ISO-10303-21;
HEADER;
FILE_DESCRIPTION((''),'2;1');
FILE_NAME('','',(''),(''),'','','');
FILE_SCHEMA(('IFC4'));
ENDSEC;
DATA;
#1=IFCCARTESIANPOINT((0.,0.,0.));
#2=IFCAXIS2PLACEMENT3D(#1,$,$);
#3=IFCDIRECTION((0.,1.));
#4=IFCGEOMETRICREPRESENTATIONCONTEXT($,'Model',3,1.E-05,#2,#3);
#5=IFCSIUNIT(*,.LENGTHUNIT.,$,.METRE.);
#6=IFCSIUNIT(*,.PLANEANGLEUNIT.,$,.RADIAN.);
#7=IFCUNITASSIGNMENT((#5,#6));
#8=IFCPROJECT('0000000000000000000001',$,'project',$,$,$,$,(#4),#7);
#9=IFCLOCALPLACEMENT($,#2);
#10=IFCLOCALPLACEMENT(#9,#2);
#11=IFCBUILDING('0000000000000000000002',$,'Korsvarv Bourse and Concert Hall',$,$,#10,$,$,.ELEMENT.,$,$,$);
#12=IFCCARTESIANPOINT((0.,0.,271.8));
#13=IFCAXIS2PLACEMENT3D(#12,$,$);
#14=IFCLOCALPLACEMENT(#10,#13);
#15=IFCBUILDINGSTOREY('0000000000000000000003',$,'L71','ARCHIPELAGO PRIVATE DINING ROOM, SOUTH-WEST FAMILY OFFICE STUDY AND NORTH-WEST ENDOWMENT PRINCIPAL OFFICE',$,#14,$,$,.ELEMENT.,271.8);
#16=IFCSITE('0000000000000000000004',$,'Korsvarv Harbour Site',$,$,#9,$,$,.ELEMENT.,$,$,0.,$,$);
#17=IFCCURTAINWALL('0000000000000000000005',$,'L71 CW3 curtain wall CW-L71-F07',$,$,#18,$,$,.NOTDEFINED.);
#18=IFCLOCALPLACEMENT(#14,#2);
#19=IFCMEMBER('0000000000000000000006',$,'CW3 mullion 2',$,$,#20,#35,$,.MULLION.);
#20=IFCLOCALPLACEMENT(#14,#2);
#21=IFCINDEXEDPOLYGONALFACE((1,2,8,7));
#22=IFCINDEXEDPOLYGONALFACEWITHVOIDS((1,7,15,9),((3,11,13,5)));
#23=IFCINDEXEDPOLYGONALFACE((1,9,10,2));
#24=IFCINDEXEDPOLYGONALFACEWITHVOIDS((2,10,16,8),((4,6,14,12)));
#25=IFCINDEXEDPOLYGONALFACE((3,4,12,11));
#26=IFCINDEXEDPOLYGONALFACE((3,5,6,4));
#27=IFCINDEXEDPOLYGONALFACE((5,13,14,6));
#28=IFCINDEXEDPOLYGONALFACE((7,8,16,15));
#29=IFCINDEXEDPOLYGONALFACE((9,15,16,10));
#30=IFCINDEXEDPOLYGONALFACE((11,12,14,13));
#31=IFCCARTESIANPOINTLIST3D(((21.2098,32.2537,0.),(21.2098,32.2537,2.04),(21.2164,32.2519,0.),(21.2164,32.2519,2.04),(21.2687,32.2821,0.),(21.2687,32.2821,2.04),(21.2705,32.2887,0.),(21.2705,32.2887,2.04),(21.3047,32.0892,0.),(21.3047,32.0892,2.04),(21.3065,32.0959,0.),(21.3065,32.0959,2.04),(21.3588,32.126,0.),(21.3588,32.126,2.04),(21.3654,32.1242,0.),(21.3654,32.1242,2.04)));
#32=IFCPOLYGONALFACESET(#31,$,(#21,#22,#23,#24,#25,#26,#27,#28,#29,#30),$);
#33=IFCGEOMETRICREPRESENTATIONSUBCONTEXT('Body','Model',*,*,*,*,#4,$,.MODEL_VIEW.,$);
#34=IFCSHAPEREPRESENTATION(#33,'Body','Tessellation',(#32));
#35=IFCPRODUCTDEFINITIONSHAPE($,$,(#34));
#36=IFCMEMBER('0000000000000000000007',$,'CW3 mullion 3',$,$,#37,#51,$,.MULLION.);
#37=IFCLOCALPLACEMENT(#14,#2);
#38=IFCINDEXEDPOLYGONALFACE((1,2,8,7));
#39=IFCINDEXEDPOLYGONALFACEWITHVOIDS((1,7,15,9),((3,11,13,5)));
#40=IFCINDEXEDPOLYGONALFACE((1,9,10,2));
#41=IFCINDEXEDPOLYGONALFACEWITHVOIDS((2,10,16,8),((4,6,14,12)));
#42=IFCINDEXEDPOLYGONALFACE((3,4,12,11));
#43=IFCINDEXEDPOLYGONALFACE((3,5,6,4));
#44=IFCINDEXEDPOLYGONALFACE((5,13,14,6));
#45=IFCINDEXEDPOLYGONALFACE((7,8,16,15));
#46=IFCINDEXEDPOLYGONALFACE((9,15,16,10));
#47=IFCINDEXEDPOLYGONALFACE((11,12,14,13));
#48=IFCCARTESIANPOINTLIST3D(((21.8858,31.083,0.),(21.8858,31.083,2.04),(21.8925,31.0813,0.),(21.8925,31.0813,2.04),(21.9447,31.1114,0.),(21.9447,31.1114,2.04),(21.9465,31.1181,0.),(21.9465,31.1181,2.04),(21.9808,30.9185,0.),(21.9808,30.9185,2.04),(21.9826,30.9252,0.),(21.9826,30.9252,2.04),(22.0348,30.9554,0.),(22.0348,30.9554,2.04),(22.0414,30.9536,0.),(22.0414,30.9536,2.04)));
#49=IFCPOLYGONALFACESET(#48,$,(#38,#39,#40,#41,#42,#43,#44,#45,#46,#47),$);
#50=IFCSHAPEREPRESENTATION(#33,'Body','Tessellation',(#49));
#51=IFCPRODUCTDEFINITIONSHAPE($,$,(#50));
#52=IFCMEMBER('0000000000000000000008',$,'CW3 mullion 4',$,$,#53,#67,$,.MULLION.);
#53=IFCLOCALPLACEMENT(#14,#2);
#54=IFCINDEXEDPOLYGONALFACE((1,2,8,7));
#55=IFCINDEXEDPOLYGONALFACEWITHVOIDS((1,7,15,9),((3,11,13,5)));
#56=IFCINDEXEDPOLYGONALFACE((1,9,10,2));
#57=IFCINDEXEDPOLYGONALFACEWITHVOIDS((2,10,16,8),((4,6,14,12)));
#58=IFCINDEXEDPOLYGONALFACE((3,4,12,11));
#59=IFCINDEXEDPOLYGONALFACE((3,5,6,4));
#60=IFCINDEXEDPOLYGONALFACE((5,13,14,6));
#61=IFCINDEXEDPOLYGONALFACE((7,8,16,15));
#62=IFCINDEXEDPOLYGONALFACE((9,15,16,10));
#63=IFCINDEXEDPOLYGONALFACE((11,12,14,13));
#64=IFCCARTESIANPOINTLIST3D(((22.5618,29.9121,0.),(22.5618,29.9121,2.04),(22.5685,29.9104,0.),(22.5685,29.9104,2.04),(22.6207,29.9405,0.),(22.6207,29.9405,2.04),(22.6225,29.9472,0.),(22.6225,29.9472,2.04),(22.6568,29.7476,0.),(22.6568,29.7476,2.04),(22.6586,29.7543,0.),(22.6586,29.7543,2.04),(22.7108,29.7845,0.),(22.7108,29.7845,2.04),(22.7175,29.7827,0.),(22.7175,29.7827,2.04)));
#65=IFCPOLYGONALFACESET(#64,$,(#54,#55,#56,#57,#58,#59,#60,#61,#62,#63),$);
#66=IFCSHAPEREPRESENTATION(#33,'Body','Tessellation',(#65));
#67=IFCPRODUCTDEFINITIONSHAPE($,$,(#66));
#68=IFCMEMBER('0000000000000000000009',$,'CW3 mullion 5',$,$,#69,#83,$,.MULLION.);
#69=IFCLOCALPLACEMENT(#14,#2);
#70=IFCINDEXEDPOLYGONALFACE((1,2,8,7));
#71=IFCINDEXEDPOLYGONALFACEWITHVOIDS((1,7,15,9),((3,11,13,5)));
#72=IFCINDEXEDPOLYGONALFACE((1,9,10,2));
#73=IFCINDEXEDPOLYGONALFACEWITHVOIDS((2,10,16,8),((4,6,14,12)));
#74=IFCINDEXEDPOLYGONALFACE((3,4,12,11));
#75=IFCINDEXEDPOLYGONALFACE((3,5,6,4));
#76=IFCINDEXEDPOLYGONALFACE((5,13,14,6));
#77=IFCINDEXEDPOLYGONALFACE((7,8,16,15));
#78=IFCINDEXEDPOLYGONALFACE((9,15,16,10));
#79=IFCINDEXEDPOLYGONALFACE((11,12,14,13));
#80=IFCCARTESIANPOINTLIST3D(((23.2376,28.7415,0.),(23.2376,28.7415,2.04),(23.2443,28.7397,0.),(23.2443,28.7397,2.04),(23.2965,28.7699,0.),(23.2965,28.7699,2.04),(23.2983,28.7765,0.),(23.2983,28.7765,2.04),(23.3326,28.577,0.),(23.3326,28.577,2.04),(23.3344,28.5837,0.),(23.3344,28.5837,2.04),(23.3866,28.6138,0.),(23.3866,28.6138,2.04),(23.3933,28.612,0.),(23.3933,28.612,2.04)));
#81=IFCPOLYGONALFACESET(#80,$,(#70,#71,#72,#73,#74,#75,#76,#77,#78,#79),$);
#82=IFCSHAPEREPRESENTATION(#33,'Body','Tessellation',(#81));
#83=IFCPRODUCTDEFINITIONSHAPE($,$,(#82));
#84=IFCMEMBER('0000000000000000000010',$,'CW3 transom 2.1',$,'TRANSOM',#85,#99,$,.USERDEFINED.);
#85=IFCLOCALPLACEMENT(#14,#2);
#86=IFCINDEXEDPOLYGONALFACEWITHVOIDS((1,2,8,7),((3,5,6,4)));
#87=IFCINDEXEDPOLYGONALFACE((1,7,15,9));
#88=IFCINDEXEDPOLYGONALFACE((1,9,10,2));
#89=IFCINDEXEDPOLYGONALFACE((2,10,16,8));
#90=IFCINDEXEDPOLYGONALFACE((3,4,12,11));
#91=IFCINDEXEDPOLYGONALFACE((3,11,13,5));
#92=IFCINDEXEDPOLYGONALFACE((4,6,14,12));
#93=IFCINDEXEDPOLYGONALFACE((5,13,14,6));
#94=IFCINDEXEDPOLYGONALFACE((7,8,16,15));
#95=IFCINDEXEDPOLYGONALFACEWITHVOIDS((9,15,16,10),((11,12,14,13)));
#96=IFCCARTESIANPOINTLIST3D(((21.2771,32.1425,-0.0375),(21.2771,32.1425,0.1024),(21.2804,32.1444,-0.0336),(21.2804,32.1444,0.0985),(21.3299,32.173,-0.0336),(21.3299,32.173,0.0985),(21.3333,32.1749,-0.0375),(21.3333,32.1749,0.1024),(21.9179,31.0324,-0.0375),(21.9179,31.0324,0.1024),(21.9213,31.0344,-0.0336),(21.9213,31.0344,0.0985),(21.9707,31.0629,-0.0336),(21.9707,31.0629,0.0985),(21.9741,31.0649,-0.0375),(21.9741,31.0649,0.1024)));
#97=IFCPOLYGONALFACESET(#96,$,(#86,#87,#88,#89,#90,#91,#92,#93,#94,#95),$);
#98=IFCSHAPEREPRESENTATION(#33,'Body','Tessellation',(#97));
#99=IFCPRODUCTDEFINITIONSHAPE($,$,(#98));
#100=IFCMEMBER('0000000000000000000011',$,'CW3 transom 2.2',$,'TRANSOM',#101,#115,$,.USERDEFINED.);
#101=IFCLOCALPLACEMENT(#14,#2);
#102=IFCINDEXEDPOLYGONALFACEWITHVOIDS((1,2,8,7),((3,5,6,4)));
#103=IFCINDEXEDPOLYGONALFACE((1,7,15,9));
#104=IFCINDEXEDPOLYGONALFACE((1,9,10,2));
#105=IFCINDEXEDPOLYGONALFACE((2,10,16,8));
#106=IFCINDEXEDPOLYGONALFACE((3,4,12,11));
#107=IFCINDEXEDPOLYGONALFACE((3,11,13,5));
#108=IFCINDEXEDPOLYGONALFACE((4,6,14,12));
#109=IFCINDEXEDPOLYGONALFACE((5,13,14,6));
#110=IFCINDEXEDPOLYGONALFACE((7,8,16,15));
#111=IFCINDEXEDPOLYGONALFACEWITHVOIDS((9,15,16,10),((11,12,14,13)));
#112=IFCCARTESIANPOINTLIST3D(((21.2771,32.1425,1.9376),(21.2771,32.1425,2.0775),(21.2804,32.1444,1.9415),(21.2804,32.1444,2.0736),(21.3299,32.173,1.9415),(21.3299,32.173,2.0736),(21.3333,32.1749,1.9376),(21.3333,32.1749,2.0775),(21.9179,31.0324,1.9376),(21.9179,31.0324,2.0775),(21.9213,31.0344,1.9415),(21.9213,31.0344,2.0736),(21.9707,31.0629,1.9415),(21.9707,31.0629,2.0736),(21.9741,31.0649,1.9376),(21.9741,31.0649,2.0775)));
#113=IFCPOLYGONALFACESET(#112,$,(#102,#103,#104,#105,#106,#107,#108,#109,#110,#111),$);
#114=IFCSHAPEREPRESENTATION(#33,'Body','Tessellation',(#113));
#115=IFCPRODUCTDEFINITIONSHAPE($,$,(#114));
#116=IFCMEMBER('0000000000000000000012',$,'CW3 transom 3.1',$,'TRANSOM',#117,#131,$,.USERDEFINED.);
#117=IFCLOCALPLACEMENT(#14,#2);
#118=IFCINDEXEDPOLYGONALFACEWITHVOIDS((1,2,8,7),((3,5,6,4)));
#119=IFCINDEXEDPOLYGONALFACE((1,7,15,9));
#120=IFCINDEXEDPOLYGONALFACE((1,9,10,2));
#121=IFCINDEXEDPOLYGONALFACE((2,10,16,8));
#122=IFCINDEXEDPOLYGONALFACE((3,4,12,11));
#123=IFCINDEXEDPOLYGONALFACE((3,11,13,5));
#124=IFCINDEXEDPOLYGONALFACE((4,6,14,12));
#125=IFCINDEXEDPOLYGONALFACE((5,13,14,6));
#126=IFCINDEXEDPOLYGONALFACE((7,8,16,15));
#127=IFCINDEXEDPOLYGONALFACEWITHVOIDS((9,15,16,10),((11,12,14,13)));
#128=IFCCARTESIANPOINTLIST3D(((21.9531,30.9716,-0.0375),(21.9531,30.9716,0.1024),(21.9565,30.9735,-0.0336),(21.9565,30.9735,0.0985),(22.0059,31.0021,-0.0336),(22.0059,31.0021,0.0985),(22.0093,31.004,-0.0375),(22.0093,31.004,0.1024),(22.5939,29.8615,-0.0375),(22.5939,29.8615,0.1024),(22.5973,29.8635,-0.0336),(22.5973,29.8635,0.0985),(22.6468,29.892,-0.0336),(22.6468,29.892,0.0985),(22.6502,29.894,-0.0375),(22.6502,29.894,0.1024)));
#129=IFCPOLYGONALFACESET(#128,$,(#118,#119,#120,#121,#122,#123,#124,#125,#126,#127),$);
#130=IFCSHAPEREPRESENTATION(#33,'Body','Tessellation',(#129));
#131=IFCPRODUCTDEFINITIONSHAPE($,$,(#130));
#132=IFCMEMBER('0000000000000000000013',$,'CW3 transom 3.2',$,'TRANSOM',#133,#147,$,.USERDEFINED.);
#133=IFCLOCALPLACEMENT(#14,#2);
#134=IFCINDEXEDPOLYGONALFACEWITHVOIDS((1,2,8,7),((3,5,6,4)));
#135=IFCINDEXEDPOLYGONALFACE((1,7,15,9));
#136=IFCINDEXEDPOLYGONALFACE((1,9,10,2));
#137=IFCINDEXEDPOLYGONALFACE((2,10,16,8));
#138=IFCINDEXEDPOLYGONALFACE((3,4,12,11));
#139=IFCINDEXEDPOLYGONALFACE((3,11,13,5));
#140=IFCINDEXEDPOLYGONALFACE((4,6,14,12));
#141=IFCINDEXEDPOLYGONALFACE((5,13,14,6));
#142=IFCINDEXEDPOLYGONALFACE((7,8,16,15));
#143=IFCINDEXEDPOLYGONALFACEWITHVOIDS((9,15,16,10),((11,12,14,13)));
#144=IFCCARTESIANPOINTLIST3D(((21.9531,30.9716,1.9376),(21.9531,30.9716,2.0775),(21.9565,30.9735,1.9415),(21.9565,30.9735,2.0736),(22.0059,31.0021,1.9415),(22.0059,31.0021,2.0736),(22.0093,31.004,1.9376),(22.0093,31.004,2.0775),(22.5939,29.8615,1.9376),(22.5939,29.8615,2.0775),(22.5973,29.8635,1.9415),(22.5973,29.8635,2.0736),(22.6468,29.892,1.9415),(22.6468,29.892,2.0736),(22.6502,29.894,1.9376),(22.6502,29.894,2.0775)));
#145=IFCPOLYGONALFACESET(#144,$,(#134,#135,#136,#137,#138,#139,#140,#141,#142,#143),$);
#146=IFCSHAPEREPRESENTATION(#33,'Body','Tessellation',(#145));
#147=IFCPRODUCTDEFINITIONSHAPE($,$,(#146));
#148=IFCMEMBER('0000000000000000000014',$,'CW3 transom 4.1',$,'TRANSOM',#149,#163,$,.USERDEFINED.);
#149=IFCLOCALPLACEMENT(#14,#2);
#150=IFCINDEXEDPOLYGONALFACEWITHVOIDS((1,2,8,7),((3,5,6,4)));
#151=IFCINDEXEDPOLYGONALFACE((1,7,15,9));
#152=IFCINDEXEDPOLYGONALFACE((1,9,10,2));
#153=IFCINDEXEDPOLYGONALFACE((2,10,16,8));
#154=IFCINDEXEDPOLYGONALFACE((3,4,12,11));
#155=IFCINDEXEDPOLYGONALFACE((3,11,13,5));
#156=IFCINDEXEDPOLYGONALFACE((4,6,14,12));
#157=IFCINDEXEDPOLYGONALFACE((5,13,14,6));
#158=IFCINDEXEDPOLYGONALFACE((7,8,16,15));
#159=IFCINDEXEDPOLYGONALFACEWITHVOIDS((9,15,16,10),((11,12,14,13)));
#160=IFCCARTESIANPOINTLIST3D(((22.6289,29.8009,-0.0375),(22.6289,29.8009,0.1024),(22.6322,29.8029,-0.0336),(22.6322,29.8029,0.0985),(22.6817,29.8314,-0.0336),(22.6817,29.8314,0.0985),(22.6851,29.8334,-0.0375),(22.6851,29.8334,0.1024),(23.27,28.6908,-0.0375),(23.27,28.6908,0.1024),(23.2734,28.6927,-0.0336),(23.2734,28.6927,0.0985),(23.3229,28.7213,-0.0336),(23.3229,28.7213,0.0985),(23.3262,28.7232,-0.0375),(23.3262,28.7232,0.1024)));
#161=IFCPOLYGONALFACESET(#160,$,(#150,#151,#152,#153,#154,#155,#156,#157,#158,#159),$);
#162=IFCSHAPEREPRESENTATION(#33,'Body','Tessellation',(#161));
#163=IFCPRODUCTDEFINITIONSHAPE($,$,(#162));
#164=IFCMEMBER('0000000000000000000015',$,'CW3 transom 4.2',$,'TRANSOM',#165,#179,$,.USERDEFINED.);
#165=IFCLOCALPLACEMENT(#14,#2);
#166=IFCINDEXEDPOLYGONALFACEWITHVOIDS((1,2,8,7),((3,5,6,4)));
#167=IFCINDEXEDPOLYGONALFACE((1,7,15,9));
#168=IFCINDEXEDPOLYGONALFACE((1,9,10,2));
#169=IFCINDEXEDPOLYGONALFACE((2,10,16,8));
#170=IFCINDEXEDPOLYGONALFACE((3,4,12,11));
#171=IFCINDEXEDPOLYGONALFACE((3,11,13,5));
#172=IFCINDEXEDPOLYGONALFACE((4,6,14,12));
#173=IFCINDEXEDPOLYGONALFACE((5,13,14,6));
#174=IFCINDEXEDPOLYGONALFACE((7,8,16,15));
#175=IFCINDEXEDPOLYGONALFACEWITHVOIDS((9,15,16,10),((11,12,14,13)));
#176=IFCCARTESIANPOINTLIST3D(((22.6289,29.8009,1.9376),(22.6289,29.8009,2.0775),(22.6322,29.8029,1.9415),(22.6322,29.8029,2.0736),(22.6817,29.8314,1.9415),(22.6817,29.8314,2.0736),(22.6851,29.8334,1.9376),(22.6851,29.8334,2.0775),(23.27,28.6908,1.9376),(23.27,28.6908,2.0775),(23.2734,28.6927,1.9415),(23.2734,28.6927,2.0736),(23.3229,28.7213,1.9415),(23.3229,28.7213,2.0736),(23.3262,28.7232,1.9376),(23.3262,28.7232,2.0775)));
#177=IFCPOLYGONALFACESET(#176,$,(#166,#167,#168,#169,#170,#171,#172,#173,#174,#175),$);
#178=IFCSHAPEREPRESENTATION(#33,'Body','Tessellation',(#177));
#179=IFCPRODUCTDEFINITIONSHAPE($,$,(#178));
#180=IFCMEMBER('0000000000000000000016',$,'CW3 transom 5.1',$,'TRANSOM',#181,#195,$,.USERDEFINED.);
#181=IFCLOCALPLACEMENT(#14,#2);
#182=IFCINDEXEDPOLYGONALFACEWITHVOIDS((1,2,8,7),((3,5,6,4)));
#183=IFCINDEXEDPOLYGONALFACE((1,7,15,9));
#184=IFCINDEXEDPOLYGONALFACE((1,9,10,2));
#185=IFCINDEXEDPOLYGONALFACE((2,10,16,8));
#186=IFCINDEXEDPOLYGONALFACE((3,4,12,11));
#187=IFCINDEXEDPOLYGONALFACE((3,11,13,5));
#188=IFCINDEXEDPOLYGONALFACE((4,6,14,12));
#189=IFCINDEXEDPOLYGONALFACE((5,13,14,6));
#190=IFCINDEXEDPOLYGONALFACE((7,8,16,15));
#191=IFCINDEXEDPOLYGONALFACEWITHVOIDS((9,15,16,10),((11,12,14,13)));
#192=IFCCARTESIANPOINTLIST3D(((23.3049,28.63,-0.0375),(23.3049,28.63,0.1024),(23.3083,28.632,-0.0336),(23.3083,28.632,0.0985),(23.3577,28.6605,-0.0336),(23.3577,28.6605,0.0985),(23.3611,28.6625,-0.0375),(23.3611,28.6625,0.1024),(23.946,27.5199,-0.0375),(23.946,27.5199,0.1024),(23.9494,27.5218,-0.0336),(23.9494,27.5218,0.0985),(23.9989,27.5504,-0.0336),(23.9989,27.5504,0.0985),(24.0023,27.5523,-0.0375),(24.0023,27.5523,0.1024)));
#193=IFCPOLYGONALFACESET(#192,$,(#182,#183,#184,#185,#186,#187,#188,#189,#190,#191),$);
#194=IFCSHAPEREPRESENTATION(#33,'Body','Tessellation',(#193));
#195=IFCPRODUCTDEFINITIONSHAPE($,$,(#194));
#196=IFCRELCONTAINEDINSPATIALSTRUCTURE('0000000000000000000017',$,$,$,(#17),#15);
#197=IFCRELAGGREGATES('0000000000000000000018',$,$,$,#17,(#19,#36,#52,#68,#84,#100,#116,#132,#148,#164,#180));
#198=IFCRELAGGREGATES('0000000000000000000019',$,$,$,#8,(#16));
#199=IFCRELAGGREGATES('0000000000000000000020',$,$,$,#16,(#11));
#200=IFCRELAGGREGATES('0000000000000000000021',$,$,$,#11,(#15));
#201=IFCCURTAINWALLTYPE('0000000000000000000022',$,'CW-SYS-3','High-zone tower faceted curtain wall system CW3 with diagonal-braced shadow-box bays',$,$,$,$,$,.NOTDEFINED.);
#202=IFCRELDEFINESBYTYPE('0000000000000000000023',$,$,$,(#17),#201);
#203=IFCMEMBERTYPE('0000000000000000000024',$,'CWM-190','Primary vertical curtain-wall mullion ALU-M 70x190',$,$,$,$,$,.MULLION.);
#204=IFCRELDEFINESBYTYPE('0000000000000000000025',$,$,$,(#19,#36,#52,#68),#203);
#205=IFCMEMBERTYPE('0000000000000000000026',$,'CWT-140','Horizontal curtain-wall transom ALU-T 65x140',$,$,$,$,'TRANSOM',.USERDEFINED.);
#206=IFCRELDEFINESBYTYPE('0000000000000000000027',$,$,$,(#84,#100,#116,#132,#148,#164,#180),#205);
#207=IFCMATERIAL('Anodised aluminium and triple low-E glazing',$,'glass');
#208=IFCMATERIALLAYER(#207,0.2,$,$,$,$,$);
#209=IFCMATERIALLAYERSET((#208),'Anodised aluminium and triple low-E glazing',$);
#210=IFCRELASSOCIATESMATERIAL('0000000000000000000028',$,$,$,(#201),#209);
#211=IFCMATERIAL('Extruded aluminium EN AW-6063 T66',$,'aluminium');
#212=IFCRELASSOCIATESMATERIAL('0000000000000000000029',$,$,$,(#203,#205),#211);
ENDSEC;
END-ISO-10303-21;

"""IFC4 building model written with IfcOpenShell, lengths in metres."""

from ifc_helpers import new_model, si_unit, direction, frame, origin, origin_2d, place, context, subcontext, project, spatial, hollow_rectangle, extrude, source, transform, mapped, material, layer, layer_set, material_profile, profile_set, type_object, element, aggregate, save


model = new_model("IFC4")

# Units and contexts
model_context = context("Model", 3, precision=1e-05, world=origin(), true_north=direction((0.0, 1.0)))
body_context = subcontext(model_context, "Body", "Model", "MODEL_VIEW")
ifc_project = project(units=[si_unit("LENGTHUNIT", "METRE"), si_unit("PLANEANGLEUNIT", "RADIAN")], contexts=[model_context])

# Site, building, storey
site_placement = place(None, origin())
site = spatial("IfcSite", under=ifc_project, at=site_placement, Name="Korsvarv Harbour Site", CompositionType="ELEMENT", RefElevation=0.0)
building_placement = place(site_placement, origin())
building = spatial("IfcBuilding", under=site, at=building_placement, Name="Korsvarv Bourse and Concert Hall", CompositionType="ELEMENT")
storey_placement = place(building_placement, frame((0.0, 0.0, 271.8)))
storey = spatial("IfcBuildingStorey", under=building, at=storey_placement, Name="L71", Description="ARCHIPELAGO PRIVATE DINING ROOM, SOUTH-WEST FAMILY OFFICE STUDY AND NORTH-WEST ENDOWMENT PRINCIPAL OFFICE", CompositionType="ELEMENT", Elevation=271.8)

# Curtain wall, members
ifc_material_1 = material(Name="Anodised aluminium and triple low-E glazing", Category="glass")
ifc_layer_1 = layer(ifc_material_1, 0.2)
ifc_layer_set_1 = layer_set([ifc_layer_1], Name="Anodised aluminium and triple low-E glazing")
curtain_wall_type = type_object("IfcCurtainWallType", Name="CW-SYS-3", Description="High-zone tower faceted curtain wall system CW3 with diagonal-braced shadow-box bays", PredefinedType="NOTDEFINED", material=ifc_layer_set_1)
curtain_wall_placement = place(storey_placement, origin())
curtain_wall = element("IfcCurtainWall", 1, at=curtain_wall_placement, inside=storey, type_object=curtain_wall_type, Name="L71 CW3 curtain wall CW-L71-F07", PredefinedType="NOTDEFINED")
ifc_material_2 = material(Name="Extruded aluminium EN AW-6063 T66", Category="aluminium")
ifc_material_profile_1 = material_profile(ifc_material_2, hollow_rectangle(XDim=0.0701, YDim=0.1899, WallThickness=0.0049, at=origin_2d()), Name="ALU-M 70x190")
ifc_profile_set_1 = profile_set([ifc_material_profile_1], Name="Extruded aluminium EN AW-6063 T66")
member_type_1 = type_object("IfcMemberType", Name="CWM-190", Description="Primary vertical curtain-wall mullion ALU-M 70x190", PredefinedType="MULLION", material=ifc_profile_set_1)
shared_shape_1 = source(origin(), body_context, "Body", "SweptSolid", [
    extrude(hollow_rectangle(XDim=0.0701, YDim=0.1899, WallThickness=0.0049, at=origin_2d()), origin(), (0.0, 0.0, 1.0), 2.04),
])
member_1_placement = place(storey_placement, frame((21.2876, 32.189, 0.0), z_axis=(0.0, 0.0, 1.0), x_axis=(0.866023, 0.500004, 0.0)))
member_1 = element("IfcMember", 2, at=member_1_placement, type_object=member_type_1, Name="CW3 mullion 2", PredefinedType="MULLION", context=body_context, shape_type="MappedRepresentation", body=[
    mapped(shared_shape_1, transform((0.0, 0.0, 0.0), scale=1.0)),
])
member_2_placement = place(storey_placement, frame((21.9636, 31.0183, 0.0), z_axis=(0.0, 0.0, 1.0), x_axis=(0.866023, 0.500004, 0.0)))
member_2 = element("IfcMember", 3, at=member_2_placement, type_object=member_type_1, Name="CW3 mullion 3", PredefinedType="MULLION", context=body_context, shape_type="MappedRepresentation", body=[
    mapped(shared_shape_1, transform((0.0, 0.0, 0.0), scale=1.0)),
])
member_3_placement = place(storey_placement, frame((22.6396, 29.8474, 0.0), z_axis=(0.0, 0.0, 1.0), x_axis=(0.866023, 0.500004, 0.0)))
member_3 = element("IfcMember", 4, at=member_3_placement, type_object=member_type_1, Name="CW3 mullion 4", PredefinedType="MULLION", context=body_context, shape_type="MappedRepresentation", body=[
    mapped(shared_shape_1, transform((0.0, 0.0, 0.0), scale=1.0)),
])
member_4_placement = place(storey_placement, frame((23.3154, 28.6768, 0.0), z_axis=(0.0, 0.0, 1.0), x_axis=(0.866023, 0.500004, 0.0)))
member_4 = element("IfcMember", 5, at=member_4_placement, type_object=member_type_1, Name="CW3 mullion 5", PredefinedType="MULLION", context=body_context, shape_type="MappedRepresentation", body=[
    mapped(shared_shape_1, transform((0.0, 0.0, 0.0), scale=1.0)),
])
ifc_material_profile_2 = material_profile(ifc_material_2, hollow_rectangle(XDim=0.0649, YDim=0.1399, WallThickness=0.0039, at=origin_2d()), Name="ALU-T 65x140")
ifc_profile_set_2 = profile_set([ifc_material_profile_2], Name="Extruded aluminium EN AW-6063 T66")
member_type_2 = type_object("IfcMemberType", Name="CWT-140", Description="Horizontal curtain-wall transom ALU-T 65x140", ElementType="TRANSOM", PredefinedType="USERDEFINED", material=ifc_profile_set_2)
shared_shape_2 = source(origin(), body_context, "Body", "SweptSolid", [
    extrude(hollow_rectangle(XDim=0.0649, YDim=0.1399, WallThickness=0.0039, at=origin_2d()), origin(), (0.0, 0.0, 1.0), 1.2817),
])
member_5_placement = place(storey_placement, frame((21.3052, 32.1587, 0.0325), z_axis=(0.49997, -0.866043, 0.0), x_axis=(0.866043, 0.49997, 0.0)))
member_5 = element("IfcMember", 6, at=member_5_placement, type_object=member_type_2, Name="CW3 transom 2.1", ObjectType="TRANSOM", PredefinedType="USERDEFINED", context=body_context, shape_type="MappedRepresentation", body=[
    mapped(shared_shape_2, transform((0.0, 0.0, 0.0), scale=1.0)),
])
member_6_placement = place(storey_placement, frame((21.3052, 32.1587, 2.0076), z_axis=(0.49997, -0.866043, 0.0), x_axis=(0.866043, 0.49997, 0.0)))
member_6 = element("IfcMember", 7, at=member_6_placement, type_object=member_type_2, Name="CW3 transom 2.2", ObjectType="TRANSOM", PredefinedType="USERDEFINED", context=body_context, shape_type="MappedRepresentation", body=[
    mapped(shared_shape_2, transform((0.0, 0.0, 0.0), scale=1.0)),
])
member_7_placement = place(storey_placement, frame((21.9812, 30.9878, 0.0325), z_axis=(0.49997, -0.866043, 0.0), x_axis=(0.866043, 0.49997, 0.0)))
member_7 = element("IfcMember", 8, at=member_7_placement, type_object=member_type_2, Name="CW3 transom 3.1", ObjectType="TRANSOM", PredefinedType="USERDEFINED", context=body_context, shape_type="MappedRepresentation", body=[
    mapped(shared_shape_2, transform((0.0, 0.0, 0.0), scale=1.0)),
])
member_8_placement = place(storey_placement, frame((21.9812, 30.9878, 2.0076), z_axis=(0.49997, -0.866043, 0.0), x_axis=(0.866043, 0.49997, 0.0)))
member_8 = element("IfcMember", 9, at=member_8_placement, type_object=member_type_2, Name="CW3 transom 3.2", ObjectType="TRANSOM", PredefinedType="USERDEFINED", context=body_context, shape_type="MappedRepresentation", body=[
    mapped(shared_shape_2, transform((0.0, 0.0, 0.0), scale=1.0)),
])
shared_shape_3 = source(origin(), body_context, "Body", "SweptSolid", [
    extrude(hollow_rectangle(XDim=0.0649, YDim=0.1399, WallThickness=0.0039, at=origin_2d()), origin(), (0.0, 0.0, 1.0), 1.282),
])
member_9_placement = place(storey_placement, frame((22.657, 29.8171, 0.0325), z_axis=(0.500113, -0.86596, 0.0), x_axis=(0.86596, 0.500113, 0.0)))
member_9 = element("IfcMember", 10, at=member_9_placement, type_object=member_type_2, Name="CW3 transom 4.1", ObjectType="TRANSOM", PredefinedType="USERDEFINED", context=body_context, shape_type="MappedRepresentation", body=[
    mapped(shared_shape_3, transform((0.0, 0.0, 0.0), scale=1.0)),
])
member_10_placement = place(storey_placement, frame((22.657, 29.8171, 2.0076), z_axis=(0.500113, -0.86596, 0.0), x_axis=(0.86596, 0.500113, 0.0)))
member_10 = element("IfcMember", 11, at=member_10_placement, type_object=member_type_2, Name="CW3 transom 4.2", ObjectType="TRANSOM", PredefinedType="USERDEFINED", context=body_context, shape_type="MappedRepresentation", body=[
    mapped(shared_shape_3, transform((0.0, 0.0, 0.0), scale=1.0)),
])
member_11_placement = place(storey_placement, frame((23.333, 28.6462, 0.0325), z_axis=(0.500113, -0.86596, 0.0), x_axis=(0.86596, 0.500113, 0.0)))
member_11 = element("IfcMember", 12, at=member_11_placement, type_object=member_type_2, Name="CW3 transom 5.1", ObjectType="TRANSOM", PredefinedType="USERDEFINED", context=body_context, shape_type="MappedRepresentation", body=[
    mapped(shared_shape_3, transform((0.0, 0.0, 0.0), scale=1.0)),
])

aggregate(curtain_wall, [member_1, member_2, member_3, member_4, member_5, member_6, member_7, member_8, member_9, member_10, member_11])

save(model, "model.ifc")
